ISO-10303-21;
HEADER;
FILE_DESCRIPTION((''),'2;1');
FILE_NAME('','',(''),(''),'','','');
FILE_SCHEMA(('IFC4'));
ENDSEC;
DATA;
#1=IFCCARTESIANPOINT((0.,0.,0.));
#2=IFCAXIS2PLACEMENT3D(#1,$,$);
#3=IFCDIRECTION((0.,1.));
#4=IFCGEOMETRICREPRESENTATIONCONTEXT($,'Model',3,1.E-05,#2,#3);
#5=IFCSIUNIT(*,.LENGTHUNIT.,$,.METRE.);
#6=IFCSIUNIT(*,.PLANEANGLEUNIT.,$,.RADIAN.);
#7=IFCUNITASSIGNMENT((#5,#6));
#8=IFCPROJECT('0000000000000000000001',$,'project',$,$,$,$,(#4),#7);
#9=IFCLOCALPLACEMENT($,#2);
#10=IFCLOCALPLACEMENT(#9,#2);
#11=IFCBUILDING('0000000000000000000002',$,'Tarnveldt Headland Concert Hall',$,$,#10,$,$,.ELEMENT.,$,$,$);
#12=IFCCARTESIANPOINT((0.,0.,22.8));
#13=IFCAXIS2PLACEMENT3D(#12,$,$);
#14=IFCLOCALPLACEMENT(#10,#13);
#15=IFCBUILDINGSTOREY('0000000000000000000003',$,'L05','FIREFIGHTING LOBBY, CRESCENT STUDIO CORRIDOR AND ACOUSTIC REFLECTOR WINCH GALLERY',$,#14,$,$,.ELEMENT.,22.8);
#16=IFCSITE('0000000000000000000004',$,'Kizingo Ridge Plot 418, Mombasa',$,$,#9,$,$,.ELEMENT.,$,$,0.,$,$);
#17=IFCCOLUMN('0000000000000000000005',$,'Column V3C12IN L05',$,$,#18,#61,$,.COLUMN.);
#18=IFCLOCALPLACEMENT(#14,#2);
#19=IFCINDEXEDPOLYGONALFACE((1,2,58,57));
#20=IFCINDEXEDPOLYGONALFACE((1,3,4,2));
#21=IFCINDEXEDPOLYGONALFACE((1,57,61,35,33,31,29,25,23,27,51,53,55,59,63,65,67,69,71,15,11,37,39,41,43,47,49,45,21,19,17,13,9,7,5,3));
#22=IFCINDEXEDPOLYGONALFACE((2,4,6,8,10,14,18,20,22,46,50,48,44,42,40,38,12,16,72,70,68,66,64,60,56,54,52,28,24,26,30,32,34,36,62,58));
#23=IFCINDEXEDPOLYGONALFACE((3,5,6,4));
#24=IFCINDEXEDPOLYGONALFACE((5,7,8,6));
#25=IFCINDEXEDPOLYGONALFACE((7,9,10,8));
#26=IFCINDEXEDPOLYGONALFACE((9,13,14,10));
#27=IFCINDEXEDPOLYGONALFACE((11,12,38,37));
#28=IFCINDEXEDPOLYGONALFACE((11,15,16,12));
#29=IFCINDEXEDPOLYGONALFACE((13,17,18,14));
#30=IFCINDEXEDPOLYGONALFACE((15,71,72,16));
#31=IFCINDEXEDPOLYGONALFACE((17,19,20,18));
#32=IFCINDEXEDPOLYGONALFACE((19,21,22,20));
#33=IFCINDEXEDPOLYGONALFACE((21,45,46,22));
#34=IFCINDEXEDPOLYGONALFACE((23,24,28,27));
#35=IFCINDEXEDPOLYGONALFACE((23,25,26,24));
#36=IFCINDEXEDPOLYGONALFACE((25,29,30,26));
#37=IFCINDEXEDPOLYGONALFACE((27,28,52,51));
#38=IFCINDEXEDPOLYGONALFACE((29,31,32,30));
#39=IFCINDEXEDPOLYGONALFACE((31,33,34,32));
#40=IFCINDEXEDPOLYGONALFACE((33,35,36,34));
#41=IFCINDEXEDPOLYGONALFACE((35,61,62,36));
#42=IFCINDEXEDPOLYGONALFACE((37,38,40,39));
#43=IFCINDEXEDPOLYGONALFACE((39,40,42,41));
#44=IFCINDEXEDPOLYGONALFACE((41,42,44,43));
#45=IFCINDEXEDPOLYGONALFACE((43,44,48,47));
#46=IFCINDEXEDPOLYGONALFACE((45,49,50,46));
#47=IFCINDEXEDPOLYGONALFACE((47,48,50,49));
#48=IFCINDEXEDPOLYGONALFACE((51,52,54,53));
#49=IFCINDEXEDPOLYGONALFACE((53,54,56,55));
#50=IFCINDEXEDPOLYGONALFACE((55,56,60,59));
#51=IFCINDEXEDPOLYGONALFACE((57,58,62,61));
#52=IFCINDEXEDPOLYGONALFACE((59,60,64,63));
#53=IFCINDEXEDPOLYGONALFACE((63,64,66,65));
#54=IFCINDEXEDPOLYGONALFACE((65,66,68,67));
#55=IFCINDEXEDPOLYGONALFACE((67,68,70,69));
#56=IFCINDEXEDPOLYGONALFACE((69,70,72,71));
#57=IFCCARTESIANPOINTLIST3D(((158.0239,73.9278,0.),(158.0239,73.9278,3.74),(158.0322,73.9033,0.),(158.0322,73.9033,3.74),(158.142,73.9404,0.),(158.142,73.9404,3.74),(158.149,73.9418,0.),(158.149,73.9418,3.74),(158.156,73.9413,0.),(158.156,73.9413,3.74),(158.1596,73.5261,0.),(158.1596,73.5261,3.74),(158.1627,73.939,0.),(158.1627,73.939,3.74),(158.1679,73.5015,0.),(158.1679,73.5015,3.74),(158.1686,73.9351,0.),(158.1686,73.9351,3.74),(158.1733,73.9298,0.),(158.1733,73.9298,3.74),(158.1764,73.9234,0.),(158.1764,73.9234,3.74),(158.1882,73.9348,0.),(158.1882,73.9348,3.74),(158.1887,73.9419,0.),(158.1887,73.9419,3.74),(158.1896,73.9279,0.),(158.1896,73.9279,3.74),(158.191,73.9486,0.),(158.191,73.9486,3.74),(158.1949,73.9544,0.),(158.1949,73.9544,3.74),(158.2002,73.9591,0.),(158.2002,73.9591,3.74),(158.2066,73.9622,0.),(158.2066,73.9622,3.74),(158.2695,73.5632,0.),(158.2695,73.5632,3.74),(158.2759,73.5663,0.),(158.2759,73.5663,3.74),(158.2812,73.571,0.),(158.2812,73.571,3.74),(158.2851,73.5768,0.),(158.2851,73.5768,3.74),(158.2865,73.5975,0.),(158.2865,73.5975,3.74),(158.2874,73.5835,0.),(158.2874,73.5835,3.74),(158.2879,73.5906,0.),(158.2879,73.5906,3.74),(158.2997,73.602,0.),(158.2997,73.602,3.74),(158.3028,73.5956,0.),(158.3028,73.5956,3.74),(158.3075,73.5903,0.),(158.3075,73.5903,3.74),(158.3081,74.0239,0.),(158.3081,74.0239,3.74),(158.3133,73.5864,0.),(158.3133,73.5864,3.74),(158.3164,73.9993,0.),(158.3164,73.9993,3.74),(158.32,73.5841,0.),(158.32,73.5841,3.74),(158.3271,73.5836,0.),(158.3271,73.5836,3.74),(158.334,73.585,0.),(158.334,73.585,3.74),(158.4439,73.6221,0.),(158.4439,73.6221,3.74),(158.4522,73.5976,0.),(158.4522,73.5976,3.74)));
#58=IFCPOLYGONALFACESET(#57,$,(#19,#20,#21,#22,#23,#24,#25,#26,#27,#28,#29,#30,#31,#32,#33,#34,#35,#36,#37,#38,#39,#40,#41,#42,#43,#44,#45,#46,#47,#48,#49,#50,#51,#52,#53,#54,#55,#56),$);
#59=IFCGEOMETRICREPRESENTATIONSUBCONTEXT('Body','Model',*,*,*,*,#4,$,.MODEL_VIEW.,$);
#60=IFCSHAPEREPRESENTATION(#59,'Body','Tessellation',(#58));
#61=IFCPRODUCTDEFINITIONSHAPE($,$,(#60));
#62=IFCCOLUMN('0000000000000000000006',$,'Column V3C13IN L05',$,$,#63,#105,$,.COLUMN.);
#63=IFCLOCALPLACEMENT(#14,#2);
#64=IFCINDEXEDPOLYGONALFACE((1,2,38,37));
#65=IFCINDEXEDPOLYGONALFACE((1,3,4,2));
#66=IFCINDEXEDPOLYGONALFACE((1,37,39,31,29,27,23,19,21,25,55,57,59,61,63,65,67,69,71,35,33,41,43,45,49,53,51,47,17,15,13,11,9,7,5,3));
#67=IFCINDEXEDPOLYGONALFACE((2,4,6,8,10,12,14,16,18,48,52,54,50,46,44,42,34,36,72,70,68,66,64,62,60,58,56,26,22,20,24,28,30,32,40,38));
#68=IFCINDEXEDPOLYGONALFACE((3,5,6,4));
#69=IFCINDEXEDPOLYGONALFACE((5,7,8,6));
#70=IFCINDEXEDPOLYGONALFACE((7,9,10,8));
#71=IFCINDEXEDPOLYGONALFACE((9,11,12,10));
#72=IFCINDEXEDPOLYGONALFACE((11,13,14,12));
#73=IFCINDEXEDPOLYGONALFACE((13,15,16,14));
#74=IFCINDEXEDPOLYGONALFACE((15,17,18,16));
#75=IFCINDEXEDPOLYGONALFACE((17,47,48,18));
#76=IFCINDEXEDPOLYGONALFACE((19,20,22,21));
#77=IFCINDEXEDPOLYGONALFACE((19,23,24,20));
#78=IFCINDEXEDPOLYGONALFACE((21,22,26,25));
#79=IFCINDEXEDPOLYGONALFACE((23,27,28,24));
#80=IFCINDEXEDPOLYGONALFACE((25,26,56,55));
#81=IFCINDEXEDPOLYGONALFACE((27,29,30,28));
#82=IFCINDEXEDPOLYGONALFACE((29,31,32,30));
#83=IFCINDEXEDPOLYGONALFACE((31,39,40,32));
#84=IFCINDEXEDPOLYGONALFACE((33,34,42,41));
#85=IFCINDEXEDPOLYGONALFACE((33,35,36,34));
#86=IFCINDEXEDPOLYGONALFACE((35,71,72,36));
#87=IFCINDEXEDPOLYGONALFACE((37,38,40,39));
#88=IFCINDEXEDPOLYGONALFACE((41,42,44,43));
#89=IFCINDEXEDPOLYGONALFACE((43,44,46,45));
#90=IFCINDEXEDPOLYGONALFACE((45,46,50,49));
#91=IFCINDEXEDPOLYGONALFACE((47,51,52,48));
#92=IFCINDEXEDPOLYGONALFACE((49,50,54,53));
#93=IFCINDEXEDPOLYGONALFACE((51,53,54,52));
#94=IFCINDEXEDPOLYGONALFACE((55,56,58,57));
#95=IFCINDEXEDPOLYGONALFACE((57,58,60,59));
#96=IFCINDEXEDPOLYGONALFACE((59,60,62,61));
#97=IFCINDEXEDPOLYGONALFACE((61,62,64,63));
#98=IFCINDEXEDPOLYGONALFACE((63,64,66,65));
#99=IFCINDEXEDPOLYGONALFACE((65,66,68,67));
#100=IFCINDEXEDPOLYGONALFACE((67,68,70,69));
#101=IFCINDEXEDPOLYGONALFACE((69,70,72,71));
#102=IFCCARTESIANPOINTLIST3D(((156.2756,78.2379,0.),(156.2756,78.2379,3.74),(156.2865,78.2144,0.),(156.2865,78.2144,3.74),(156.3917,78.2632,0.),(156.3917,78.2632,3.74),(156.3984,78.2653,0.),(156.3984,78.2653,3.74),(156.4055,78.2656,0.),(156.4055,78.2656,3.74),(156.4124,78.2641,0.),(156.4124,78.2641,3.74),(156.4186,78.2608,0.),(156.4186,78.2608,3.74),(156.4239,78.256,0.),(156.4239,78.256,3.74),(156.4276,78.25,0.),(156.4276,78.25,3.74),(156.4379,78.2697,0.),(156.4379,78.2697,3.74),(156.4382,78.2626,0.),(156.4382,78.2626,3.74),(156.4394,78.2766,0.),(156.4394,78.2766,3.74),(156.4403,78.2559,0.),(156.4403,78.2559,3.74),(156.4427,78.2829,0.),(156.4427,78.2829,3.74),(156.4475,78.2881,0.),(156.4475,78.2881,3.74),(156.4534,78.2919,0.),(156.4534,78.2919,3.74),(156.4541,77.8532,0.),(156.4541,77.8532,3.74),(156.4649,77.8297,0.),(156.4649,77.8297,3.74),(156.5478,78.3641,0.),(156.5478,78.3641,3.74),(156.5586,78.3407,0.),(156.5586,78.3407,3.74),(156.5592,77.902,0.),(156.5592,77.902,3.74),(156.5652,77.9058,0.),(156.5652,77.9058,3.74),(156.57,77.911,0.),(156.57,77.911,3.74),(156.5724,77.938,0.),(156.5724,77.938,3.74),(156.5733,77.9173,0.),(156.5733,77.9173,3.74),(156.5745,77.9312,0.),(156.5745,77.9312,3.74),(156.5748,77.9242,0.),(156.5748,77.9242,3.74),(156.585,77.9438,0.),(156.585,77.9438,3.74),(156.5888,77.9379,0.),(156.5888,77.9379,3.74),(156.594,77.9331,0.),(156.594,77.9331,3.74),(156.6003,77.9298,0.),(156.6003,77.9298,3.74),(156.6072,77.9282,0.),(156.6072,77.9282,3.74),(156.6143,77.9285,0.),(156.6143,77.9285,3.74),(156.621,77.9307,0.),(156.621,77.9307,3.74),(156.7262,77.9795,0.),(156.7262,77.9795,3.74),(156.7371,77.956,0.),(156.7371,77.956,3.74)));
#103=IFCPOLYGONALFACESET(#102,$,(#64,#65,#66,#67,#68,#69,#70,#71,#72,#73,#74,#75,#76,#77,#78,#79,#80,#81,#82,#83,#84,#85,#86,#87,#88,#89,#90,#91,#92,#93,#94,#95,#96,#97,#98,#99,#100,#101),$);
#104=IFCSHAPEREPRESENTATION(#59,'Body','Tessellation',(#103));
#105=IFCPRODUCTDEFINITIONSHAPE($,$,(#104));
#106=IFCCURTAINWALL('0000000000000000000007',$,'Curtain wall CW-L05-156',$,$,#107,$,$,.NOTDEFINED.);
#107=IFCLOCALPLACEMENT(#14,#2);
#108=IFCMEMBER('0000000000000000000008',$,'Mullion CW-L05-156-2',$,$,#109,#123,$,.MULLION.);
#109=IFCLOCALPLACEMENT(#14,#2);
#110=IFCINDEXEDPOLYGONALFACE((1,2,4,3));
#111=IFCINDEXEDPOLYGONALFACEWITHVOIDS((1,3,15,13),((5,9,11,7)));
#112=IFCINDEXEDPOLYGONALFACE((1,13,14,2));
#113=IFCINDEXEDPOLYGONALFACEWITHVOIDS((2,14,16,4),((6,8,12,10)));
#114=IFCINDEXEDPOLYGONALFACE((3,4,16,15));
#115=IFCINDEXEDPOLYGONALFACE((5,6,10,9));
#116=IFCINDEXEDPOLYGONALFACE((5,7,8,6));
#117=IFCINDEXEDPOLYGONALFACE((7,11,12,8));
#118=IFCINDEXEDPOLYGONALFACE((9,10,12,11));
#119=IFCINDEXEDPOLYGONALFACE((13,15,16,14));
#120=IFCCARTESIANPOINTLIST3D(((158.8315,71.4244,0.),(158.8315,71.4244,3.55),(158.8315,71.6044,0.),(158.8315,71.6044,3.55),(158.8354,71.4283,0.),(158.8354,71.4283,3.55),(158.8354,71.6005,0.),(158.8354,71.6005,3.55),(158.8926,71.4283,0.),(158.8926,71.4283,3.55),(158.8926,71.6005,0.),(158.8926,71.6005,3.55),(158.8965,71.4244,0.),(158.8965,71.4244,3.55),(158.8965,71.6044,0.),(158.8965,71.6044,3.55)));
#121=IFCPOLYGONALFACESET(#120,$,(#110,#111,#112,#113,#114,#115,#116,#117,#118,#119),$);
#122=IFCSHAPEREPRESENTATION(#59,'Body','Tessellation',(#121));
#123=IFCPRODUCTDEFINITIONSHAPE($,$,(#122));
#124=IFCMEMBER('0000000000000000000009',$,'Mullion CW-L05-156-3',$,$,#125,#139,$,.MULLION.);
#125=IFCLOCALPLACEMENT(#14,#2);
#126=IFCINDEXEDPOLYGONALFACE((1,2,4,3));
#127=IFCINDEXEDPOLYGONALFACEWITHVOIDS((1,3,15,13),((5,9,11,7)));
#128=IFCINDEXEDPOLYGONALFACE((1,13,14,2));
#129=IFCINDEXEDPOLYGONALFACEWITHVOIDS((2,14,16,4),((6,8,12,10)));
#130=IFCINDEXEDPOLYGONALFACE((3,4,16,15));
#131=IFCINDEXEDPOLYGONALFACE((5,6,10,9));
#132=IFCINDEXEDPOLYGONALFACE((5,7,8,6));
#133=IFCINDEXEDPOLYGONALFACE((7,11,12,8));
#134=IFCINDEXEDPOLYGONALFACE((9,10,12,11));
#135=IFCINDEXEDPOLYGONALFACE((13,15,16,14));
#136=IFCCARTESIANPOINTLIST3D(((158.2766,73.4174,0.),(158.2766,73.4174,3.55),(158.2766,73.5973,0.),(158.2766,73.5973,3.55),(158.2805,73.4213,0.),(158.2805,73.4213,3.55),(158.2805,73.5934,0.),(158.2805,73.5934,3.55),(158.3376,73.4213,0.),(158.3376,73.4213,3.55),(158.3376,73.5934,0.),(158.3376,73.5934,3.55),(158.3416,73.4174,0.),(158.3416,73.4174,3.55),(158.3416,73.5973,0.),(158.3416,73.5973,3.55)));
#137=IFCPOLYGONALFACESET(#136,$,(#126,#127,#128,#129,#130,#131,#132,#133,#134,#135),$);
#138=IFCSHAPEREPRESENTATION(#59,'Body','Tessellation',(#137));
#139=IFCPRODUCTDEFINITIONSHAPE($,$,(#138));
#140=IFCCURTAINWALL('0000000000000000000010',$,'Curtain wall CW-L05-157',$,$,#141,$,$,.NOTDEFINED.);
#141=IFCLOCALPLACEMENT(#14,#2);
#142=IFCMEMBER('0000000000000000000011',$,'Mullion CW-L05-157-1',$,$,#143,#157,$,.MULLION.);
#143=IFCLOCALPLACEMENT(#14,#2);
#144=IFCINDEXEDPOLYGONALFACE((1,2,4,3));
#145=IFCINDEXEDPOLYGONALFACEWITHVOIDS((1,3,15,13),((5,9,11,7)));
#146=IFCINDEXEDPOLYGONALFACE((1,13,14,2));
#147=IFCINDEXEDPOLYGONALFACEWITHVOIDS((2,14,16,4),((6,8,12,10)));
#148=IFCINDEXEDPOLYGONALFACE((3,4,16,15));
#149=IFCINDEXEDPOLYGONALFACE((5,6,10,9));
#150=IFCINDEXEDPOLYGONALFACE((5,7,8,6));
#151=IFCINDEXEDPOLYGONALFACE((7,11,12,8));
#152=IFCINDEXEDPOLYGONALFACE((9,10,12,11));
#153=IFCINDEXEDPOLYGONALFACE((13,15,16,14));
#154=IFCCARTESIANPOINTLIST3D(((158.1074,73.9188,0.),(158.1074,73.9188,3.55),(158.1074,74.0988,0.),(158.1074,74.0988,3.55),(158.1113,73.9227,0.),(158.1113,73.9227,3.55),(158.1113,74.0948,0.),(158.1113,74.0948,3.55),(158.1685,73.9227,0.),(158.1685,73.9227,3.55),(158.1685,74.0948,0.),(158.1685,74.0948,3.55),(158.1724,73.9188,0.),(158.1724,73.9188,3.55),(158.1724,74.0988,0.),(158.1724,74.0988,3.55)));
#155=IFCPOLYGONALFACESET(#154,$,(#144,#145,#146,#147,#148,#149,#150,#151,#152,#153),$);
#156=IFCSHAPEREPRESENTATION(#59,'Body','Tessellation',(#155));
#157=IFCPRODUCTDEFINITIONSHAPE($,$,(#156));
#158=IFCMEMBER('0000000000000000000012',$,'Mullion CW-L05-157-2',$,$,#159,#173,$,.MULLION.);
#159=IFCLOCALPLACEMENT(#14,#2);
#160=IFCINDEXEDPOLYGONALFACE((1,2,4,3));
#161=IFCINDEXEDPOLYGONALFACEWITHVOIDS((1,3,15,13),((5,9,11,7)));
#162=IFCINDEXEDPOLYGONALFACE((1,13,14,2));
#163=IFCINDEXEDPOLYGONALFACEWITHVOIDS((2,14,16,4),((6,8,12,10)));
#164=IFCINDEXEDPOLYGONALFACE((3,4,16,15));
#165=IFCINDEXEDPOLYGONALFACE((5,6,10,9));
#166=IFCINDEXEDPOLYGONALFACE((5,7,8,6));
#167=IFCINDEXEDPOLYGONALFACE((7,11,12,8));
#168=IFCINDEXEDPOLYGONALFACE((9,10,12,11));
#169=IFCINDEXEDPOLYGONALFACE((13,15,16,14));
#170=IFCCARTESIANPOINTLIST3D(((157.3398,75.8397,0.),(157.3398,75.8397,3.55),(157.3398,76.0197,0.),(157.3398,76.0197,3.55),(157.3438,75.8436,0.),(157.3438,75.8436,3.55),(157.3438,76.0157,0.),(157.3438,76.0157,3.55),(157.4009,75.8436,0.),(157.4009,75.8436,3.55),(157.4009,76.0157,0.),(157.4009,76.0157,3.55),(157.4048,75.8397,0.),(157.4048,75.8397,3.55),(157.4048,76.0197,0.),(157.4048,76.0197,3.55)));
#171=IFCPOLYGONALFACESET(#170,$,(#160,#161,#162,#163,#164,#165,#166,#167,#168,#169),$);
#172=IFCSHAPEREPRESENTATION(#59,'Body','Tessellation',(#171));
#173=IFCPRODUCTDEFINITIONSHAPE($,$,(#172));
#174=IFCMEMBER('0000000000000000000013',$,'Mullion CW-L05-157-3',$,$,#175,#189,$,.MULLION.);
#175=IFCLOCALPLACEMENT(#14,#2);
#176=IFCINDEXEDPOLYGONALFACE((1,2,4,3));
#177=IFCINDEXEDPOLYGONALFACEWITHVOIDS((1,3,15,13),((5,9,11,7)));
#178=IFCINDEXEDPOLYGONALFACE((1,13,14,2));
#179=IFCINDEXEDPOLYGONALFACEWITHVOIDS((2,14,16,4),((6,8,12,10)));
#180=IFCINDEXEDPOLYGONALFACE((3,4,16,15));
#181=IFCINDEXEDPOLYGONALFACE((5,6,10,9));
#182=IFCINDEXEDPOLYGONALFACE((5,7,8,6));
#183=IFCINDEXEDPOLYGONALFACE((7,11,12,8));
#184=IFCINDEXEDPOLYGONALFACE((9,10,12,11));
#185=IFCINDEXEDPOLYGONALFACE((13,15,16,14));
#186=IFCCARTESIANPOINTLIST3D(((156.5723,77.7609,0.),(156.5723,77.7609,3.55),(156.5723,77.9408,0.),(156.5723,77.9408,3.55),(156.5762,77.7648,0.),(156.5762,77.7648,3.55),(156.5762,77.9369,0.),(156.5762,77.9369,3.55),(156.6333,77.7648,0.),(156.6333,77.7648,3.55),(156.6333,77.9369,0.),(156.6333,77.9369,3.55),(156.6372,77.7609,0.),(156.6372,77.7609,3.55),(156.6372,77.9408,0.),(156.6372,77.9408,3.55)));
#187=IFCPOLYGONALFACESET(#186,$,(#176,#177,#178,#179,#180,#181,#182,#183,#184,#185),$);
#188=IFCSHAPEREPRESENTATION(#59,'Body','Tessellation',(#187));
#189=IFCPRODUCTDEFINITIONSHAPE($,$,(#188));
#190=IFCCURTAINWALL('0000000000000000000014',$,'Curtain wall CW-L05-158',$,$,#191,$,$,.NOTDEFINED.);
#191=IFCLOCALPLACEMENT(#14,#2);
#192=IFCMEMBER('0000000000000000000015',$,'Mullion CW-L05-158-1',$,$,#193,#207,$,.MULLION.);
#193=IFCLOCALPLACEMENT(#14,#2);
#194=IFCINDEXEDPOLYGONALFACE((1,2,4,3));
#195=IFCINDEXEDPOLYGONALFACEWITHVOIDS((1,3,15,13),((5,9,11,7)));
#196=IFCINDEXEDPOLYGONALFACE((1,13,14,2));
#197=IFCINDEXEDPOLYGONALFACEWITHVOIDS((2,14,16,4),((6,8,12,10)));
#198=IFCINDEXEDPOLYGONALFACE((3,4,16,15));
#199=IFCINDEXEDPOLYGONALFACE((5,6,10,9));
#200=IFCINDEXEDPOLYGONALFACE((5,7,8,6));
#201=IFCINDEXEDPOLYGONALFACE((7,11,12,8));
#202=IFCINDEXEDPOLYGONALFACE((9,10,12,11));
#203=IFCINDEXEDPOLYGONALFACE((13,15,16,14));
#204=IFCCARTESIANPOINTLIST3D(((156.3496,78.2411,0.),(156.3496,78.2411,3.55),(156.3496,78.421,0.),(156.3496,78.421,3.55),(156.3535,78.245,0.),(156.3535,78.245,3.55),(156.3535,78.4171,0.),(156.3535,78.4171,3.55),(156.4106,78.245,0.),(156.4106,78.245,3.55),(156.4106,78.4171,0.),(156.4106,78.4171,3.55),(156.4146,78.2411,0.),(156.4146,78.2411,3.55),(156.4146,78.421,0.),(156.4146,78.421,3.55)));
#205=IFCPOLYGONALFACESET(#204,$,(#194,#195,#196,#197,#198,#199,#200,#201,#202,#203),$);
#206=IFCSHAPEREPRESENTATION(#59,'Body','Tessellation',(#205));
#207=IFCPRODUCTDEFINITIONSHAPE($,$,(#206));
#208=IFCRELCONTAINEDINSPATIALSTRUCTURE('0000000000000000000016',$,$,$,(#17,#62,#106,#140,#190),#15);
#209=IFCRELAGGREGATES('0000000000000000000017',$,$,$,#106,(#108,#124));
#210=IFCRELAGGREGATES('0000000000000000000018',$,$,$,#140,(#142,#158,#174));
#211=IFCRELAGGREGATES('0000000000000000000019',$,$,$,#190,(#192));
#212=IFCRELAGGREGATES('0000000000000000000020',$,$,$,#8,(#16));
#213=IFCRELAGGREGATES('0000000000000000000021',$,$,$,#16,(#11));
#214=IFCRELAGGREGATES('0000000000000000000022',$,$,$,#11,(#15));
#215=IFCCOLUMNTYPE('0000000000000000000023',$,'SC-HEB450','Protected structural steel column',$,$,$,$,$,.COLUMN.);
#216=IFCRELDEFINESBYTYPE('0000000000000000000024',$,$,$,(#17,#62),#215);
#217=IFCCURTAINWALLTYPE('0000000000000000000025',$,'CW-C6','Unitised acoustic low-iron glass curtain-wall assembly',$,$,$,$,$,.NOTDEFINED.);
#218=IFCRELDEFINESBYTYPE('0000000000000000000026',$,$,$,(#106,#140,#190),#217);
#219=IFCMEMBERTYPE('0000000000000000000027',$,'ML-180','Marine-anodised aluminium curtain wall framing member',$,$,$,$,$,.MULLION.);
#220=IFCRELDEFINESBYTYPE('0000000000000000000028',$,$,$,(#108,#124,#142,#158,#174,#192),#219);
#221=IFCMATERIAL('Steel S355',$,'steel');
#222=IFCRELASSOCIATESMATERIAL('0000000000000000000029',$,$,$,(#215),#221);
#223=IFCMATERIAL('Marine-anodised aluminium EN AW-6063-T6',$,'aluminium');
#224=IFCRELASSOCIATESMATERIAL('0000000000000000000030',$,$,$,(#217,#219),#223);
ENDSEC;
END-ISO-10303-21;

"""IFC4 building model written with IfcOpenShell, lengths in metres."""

from ifc_helpers import new_model, si_unit, direction, frame, origin, origin_2d, place, context, subcontext, project, spatial, hollow_rectangle, i_section, extrude, material, material_profile, profile_set, type_object, element, aggregate, save


model = new_model("IFC4")

# Units and contexts
model_context = context("Model", 3, precision=1e-05, world=origin(), true_north=direction((0.0, 1.0)))
body_context = subcontext(model_context, "Body", "Model", "MODEL_VIEW")
ifc_project = project(units=[si_unit("LENGTHUNIT", "METRE"), si_unit("PLANEANGLEUNIT", "RADIAN")], contexts=[model_context])

# Site, building, storey
site_placement = place(None, origin())
site = spatial("IfcSite", under=ifc_project, at=site_placement, Name="Kizingo Ridge Plot 418, Mombasa", CompositionType="ELEMENT", RefElevation=0.0)
building_placement = place(site_placement, origin())
building = spatial("IfcBuilding", under=site, at=building_placement, Name="Tarnveldt Headland Concert Hall", CompositionType="ELEMENT")
storey_placement = place(building_placement, frame((0.0, 0.0, 22.8)))
storey = spatial("IfcBuildingStorey", under=building, at=storey_placement, Name="L05", Description="FIREFIGHTING LOBBY, CRESCENT STUDIO CORRIDOR AND ACOUSTIC REFLECTOR WINCH GALLERY", CompositionType="ELEMENT", Elevation=22.8)

# Columns
ifc_material_1 = material(Name="Steel S355", Category="steel")
ifc_material_profile_1 = material_profile(ifc_material_1, i_section(OverallWidth=0.3, OverallDepth=0.45, WebThickness=0.0139, FlangeThickness=0.0259, FilletRadius=0.0271, at=origin_2d()), Name="HEB450", Category="steel")
ifc_profile_set_1 = profile_set([ifc_material_profile_1], Name="Steel S355")
column_type = type_object("IfcColumnType", Name="SC-HEB450", Description="Protected structural steel column", PredefinedType="COLUMN", material=ifc_profile_set_1)
for number, where, z_axis, x_axis, name in (
    (1, (158.238, 73.7627, 0.0), (0.0, 0.0, 1.0), (0.947378, 0.320117, 0.0), "Column V3C12IN L05"),
    (2, (156.5063, 78.0969, 0.0), (0.0, 0.0, 1.0), (0.907117, 0.420877, 0.0), "Column V3C13IN L05"),
):
    element("IfcColumn", number, at=place(storey_placement, frame(where, z_axis=z_axis, x_axis=x_axis)), inside=storey, type_object=column_type, Name=name, PredefinedType="COLUMN", context=body_context, shape_type="SweptSolid", body=[
        extrude(i_section(OverallWidth=0.3, OverallDepth=0.45, WebThickness=0.0139, FlangeThickness=0.0259, FilletRadius=0.0271, at=origin_2d()), origin(), (0.0, 0.0, 1.0), 3.74),
    ])

# Curtain walls, members
ifc_material_2 = material(Name="Marine-anodised aluminium EN AW-6063-T6", Category="aluminium")
curtain_wall_type = type_object("IfcCurtainWallType", Name="CW-C6", Description="Unitised acoustic low-iron glass curtain-wall assembly", PredefinedType="NOTDEFINED", material=ifc_material_2)
curtain_wall_1_placement = place(storey_placement, origin())
curtain_wall_1 = element("IfcCurtainWall", 3, at=curtain_wall_1_placement, inside=storey, type_object=curtain_wall_type, Name="Curtain wall CW-L05-156", PredefinedType="NOTDEFINED")
ifc_material_profile_2 = material_profile(ifc_material_2, hollow_rectangle(XDim=0.0649, YDim=0.1799, WallThickness=0.0039, at=origin_2d()), Name="ALU MULLION 65x180x4", Category="aluminium")
ifc_profile_set_2 = profile_set([ifc_material_profile_2], Name="Marine-anodised aluminium EN AW-6063-T6")
member_type_1 = type_object("IfcMemberType", Name="ML-180", Description="Marine-anodised aluminium curtain wall framing member", PredefinedType="MULLION", material=ifc_profile_set_2)
member_1_placement = place(storey_placement, frame((158.864, 71.5144, 0.0), z_axis=(0.0, 0.0, 1.0), x_axis=(1.0, 0.0, 0.0)))
member_1 = element("IfcMember", 4, at=member_1_placement, type_object=member_type_1, Name="Mullion CW-L05-156-2", PredefinedType="MULLION", context=body_context, shape_type="SweptSolid", body=[
    extrude(hollow_rectangle(XDim=0.0649, YDim=0.1799, WallThickness=0.0039, at=origin_2d()), origin(), (0.0, 0.0, 1.0), 3.55),
])
member_2_placement = place(storey_placement, frame((158.3091, 73.5073, 0.0), z_axis=(0.0, 0.0, 1.0), x_axis=(1.0, 0.0, 0.0)))
member_2 = element("IfcMember", 5, at=member_2_placement, type_object=member_type_1, Name="Mullion CW-L05-156-3", PredefinedType="MULLION", context=body_context, shape_type="SweptSolid", body=[
    extrude(hollow_rectangle(XDim=0.0649, YDim=0.1799, WallThickness=0.0039, at=origin_2d()), origin(), (0.0, 0.0, 1.0), 3.55),
])
curtain_wall_2_placement = place(storey_placement, origin())
curtain_wall_2 = element("IfcCurtainWall", 6, at=curtain_wall_2_placement, inside=storey, type_object=curtain_wall_type, Name="Curtain wall CW-L05-157", PredefinedType="NOTDEFINED")
member_3_placement = place(storey_placement, frame((158.1399, 74.0088, 0.0), z_axis=(0.0, 0.0, 1.0), x_axis=(1.0, 0.0, 0.0)))
member_3 = element("IfcMember", 7, at=member_3_placement, type_object=member_type_1, Name="Mullion CW-L05-157-1", PredefinedType="MULLION", context=body_context, shape_type="SweptSolid", body=[
    extrude(hollow_rectangle(XDim=0.0649, YDim=0.1799, WallThickness=0.0039, at=origin_2d()), origin(), (0.0, 0.0, 1.0), 3.55),
])
member_4_placement = place(storey_placement, frame((157.3723, 75.9297, 0.0), z_axis=(0.0, 0.0, 1.0), x_axis=(1.0, 0.0, 0.0)))
member_4 = element("IfcMember", 8, at=member_4_placement, type_object=member_type_1, Name="Mullion CW-L05-157-2", PredefinedType="MULLION", context=body_context, shape_type="SweptSolid", body=[
    extrude(hollow_rectangle(XDim=0.0649, YDim=0.1799, WallThickness=0.0039, at=origin_2d()), origin(), (0.0, 0.0, 1.0), 3.55),
])
member_5_placement = place(storey_placement, frame((156.6047, 77.8508, 0.0), z_axis=(0.0, 0.0, 1.0), x_axis=(1.0, 0.0, 0.0)))
member_5 = element("IfcMember", 9, at=member_5_placement, type_object=member_type_1, Name="Mullion CW-L05-157-3", PredefinedType="MULLION", context=body_context, shape_type="SweptSolid", body=[
    extrude(hollow_rectangle(XDim=0.0649, YDim=0.1799, WallThickness=0.0039, at=origin_2d()), origin(), (0.0, 0.0, 1.0), 3.55),
])

# Curtain wall, member
curtain_wall_3_placement = place(storey_placement, origin())
curtain_wall_3 = element("IfcCurtainWall", 10, at=curtain_wall_3_placement, inside=storey, type_object=curtain_wall_type, Name="Curtain wall CW-L05-158", PredefinedType="NOTDEFINED")
member_6_placement = place(storey_placement, frame((156.3821, 78.3311, 0.0), z_axis=(0.0, 0.0, 1.0), x_axis=(1.0, 0.0, 0.0)))
member_6 = element("IfcMember", 11, at=member_6_placement, type_object=member_type_1, Name="Mullion CW-L05-158-1", PredefinedType="MULLION", context=body_context, shape_type="SweptSolid", body=[
    extrude(hollow_rectangle(XDim=0.0649, YDim=0.1799, WallThickness=0.0039, at=origin_2d()), origin(), (0.0, 0.0, 1.0), 3.55),
])

aggregate(curtain_wall_1, [member_1, member_2])
aggregate(curtain_wall_2, [member_3, member_4, member_5])
aggregate(curtain_wall_3, [member_6])

save(model, "model.ifc")
